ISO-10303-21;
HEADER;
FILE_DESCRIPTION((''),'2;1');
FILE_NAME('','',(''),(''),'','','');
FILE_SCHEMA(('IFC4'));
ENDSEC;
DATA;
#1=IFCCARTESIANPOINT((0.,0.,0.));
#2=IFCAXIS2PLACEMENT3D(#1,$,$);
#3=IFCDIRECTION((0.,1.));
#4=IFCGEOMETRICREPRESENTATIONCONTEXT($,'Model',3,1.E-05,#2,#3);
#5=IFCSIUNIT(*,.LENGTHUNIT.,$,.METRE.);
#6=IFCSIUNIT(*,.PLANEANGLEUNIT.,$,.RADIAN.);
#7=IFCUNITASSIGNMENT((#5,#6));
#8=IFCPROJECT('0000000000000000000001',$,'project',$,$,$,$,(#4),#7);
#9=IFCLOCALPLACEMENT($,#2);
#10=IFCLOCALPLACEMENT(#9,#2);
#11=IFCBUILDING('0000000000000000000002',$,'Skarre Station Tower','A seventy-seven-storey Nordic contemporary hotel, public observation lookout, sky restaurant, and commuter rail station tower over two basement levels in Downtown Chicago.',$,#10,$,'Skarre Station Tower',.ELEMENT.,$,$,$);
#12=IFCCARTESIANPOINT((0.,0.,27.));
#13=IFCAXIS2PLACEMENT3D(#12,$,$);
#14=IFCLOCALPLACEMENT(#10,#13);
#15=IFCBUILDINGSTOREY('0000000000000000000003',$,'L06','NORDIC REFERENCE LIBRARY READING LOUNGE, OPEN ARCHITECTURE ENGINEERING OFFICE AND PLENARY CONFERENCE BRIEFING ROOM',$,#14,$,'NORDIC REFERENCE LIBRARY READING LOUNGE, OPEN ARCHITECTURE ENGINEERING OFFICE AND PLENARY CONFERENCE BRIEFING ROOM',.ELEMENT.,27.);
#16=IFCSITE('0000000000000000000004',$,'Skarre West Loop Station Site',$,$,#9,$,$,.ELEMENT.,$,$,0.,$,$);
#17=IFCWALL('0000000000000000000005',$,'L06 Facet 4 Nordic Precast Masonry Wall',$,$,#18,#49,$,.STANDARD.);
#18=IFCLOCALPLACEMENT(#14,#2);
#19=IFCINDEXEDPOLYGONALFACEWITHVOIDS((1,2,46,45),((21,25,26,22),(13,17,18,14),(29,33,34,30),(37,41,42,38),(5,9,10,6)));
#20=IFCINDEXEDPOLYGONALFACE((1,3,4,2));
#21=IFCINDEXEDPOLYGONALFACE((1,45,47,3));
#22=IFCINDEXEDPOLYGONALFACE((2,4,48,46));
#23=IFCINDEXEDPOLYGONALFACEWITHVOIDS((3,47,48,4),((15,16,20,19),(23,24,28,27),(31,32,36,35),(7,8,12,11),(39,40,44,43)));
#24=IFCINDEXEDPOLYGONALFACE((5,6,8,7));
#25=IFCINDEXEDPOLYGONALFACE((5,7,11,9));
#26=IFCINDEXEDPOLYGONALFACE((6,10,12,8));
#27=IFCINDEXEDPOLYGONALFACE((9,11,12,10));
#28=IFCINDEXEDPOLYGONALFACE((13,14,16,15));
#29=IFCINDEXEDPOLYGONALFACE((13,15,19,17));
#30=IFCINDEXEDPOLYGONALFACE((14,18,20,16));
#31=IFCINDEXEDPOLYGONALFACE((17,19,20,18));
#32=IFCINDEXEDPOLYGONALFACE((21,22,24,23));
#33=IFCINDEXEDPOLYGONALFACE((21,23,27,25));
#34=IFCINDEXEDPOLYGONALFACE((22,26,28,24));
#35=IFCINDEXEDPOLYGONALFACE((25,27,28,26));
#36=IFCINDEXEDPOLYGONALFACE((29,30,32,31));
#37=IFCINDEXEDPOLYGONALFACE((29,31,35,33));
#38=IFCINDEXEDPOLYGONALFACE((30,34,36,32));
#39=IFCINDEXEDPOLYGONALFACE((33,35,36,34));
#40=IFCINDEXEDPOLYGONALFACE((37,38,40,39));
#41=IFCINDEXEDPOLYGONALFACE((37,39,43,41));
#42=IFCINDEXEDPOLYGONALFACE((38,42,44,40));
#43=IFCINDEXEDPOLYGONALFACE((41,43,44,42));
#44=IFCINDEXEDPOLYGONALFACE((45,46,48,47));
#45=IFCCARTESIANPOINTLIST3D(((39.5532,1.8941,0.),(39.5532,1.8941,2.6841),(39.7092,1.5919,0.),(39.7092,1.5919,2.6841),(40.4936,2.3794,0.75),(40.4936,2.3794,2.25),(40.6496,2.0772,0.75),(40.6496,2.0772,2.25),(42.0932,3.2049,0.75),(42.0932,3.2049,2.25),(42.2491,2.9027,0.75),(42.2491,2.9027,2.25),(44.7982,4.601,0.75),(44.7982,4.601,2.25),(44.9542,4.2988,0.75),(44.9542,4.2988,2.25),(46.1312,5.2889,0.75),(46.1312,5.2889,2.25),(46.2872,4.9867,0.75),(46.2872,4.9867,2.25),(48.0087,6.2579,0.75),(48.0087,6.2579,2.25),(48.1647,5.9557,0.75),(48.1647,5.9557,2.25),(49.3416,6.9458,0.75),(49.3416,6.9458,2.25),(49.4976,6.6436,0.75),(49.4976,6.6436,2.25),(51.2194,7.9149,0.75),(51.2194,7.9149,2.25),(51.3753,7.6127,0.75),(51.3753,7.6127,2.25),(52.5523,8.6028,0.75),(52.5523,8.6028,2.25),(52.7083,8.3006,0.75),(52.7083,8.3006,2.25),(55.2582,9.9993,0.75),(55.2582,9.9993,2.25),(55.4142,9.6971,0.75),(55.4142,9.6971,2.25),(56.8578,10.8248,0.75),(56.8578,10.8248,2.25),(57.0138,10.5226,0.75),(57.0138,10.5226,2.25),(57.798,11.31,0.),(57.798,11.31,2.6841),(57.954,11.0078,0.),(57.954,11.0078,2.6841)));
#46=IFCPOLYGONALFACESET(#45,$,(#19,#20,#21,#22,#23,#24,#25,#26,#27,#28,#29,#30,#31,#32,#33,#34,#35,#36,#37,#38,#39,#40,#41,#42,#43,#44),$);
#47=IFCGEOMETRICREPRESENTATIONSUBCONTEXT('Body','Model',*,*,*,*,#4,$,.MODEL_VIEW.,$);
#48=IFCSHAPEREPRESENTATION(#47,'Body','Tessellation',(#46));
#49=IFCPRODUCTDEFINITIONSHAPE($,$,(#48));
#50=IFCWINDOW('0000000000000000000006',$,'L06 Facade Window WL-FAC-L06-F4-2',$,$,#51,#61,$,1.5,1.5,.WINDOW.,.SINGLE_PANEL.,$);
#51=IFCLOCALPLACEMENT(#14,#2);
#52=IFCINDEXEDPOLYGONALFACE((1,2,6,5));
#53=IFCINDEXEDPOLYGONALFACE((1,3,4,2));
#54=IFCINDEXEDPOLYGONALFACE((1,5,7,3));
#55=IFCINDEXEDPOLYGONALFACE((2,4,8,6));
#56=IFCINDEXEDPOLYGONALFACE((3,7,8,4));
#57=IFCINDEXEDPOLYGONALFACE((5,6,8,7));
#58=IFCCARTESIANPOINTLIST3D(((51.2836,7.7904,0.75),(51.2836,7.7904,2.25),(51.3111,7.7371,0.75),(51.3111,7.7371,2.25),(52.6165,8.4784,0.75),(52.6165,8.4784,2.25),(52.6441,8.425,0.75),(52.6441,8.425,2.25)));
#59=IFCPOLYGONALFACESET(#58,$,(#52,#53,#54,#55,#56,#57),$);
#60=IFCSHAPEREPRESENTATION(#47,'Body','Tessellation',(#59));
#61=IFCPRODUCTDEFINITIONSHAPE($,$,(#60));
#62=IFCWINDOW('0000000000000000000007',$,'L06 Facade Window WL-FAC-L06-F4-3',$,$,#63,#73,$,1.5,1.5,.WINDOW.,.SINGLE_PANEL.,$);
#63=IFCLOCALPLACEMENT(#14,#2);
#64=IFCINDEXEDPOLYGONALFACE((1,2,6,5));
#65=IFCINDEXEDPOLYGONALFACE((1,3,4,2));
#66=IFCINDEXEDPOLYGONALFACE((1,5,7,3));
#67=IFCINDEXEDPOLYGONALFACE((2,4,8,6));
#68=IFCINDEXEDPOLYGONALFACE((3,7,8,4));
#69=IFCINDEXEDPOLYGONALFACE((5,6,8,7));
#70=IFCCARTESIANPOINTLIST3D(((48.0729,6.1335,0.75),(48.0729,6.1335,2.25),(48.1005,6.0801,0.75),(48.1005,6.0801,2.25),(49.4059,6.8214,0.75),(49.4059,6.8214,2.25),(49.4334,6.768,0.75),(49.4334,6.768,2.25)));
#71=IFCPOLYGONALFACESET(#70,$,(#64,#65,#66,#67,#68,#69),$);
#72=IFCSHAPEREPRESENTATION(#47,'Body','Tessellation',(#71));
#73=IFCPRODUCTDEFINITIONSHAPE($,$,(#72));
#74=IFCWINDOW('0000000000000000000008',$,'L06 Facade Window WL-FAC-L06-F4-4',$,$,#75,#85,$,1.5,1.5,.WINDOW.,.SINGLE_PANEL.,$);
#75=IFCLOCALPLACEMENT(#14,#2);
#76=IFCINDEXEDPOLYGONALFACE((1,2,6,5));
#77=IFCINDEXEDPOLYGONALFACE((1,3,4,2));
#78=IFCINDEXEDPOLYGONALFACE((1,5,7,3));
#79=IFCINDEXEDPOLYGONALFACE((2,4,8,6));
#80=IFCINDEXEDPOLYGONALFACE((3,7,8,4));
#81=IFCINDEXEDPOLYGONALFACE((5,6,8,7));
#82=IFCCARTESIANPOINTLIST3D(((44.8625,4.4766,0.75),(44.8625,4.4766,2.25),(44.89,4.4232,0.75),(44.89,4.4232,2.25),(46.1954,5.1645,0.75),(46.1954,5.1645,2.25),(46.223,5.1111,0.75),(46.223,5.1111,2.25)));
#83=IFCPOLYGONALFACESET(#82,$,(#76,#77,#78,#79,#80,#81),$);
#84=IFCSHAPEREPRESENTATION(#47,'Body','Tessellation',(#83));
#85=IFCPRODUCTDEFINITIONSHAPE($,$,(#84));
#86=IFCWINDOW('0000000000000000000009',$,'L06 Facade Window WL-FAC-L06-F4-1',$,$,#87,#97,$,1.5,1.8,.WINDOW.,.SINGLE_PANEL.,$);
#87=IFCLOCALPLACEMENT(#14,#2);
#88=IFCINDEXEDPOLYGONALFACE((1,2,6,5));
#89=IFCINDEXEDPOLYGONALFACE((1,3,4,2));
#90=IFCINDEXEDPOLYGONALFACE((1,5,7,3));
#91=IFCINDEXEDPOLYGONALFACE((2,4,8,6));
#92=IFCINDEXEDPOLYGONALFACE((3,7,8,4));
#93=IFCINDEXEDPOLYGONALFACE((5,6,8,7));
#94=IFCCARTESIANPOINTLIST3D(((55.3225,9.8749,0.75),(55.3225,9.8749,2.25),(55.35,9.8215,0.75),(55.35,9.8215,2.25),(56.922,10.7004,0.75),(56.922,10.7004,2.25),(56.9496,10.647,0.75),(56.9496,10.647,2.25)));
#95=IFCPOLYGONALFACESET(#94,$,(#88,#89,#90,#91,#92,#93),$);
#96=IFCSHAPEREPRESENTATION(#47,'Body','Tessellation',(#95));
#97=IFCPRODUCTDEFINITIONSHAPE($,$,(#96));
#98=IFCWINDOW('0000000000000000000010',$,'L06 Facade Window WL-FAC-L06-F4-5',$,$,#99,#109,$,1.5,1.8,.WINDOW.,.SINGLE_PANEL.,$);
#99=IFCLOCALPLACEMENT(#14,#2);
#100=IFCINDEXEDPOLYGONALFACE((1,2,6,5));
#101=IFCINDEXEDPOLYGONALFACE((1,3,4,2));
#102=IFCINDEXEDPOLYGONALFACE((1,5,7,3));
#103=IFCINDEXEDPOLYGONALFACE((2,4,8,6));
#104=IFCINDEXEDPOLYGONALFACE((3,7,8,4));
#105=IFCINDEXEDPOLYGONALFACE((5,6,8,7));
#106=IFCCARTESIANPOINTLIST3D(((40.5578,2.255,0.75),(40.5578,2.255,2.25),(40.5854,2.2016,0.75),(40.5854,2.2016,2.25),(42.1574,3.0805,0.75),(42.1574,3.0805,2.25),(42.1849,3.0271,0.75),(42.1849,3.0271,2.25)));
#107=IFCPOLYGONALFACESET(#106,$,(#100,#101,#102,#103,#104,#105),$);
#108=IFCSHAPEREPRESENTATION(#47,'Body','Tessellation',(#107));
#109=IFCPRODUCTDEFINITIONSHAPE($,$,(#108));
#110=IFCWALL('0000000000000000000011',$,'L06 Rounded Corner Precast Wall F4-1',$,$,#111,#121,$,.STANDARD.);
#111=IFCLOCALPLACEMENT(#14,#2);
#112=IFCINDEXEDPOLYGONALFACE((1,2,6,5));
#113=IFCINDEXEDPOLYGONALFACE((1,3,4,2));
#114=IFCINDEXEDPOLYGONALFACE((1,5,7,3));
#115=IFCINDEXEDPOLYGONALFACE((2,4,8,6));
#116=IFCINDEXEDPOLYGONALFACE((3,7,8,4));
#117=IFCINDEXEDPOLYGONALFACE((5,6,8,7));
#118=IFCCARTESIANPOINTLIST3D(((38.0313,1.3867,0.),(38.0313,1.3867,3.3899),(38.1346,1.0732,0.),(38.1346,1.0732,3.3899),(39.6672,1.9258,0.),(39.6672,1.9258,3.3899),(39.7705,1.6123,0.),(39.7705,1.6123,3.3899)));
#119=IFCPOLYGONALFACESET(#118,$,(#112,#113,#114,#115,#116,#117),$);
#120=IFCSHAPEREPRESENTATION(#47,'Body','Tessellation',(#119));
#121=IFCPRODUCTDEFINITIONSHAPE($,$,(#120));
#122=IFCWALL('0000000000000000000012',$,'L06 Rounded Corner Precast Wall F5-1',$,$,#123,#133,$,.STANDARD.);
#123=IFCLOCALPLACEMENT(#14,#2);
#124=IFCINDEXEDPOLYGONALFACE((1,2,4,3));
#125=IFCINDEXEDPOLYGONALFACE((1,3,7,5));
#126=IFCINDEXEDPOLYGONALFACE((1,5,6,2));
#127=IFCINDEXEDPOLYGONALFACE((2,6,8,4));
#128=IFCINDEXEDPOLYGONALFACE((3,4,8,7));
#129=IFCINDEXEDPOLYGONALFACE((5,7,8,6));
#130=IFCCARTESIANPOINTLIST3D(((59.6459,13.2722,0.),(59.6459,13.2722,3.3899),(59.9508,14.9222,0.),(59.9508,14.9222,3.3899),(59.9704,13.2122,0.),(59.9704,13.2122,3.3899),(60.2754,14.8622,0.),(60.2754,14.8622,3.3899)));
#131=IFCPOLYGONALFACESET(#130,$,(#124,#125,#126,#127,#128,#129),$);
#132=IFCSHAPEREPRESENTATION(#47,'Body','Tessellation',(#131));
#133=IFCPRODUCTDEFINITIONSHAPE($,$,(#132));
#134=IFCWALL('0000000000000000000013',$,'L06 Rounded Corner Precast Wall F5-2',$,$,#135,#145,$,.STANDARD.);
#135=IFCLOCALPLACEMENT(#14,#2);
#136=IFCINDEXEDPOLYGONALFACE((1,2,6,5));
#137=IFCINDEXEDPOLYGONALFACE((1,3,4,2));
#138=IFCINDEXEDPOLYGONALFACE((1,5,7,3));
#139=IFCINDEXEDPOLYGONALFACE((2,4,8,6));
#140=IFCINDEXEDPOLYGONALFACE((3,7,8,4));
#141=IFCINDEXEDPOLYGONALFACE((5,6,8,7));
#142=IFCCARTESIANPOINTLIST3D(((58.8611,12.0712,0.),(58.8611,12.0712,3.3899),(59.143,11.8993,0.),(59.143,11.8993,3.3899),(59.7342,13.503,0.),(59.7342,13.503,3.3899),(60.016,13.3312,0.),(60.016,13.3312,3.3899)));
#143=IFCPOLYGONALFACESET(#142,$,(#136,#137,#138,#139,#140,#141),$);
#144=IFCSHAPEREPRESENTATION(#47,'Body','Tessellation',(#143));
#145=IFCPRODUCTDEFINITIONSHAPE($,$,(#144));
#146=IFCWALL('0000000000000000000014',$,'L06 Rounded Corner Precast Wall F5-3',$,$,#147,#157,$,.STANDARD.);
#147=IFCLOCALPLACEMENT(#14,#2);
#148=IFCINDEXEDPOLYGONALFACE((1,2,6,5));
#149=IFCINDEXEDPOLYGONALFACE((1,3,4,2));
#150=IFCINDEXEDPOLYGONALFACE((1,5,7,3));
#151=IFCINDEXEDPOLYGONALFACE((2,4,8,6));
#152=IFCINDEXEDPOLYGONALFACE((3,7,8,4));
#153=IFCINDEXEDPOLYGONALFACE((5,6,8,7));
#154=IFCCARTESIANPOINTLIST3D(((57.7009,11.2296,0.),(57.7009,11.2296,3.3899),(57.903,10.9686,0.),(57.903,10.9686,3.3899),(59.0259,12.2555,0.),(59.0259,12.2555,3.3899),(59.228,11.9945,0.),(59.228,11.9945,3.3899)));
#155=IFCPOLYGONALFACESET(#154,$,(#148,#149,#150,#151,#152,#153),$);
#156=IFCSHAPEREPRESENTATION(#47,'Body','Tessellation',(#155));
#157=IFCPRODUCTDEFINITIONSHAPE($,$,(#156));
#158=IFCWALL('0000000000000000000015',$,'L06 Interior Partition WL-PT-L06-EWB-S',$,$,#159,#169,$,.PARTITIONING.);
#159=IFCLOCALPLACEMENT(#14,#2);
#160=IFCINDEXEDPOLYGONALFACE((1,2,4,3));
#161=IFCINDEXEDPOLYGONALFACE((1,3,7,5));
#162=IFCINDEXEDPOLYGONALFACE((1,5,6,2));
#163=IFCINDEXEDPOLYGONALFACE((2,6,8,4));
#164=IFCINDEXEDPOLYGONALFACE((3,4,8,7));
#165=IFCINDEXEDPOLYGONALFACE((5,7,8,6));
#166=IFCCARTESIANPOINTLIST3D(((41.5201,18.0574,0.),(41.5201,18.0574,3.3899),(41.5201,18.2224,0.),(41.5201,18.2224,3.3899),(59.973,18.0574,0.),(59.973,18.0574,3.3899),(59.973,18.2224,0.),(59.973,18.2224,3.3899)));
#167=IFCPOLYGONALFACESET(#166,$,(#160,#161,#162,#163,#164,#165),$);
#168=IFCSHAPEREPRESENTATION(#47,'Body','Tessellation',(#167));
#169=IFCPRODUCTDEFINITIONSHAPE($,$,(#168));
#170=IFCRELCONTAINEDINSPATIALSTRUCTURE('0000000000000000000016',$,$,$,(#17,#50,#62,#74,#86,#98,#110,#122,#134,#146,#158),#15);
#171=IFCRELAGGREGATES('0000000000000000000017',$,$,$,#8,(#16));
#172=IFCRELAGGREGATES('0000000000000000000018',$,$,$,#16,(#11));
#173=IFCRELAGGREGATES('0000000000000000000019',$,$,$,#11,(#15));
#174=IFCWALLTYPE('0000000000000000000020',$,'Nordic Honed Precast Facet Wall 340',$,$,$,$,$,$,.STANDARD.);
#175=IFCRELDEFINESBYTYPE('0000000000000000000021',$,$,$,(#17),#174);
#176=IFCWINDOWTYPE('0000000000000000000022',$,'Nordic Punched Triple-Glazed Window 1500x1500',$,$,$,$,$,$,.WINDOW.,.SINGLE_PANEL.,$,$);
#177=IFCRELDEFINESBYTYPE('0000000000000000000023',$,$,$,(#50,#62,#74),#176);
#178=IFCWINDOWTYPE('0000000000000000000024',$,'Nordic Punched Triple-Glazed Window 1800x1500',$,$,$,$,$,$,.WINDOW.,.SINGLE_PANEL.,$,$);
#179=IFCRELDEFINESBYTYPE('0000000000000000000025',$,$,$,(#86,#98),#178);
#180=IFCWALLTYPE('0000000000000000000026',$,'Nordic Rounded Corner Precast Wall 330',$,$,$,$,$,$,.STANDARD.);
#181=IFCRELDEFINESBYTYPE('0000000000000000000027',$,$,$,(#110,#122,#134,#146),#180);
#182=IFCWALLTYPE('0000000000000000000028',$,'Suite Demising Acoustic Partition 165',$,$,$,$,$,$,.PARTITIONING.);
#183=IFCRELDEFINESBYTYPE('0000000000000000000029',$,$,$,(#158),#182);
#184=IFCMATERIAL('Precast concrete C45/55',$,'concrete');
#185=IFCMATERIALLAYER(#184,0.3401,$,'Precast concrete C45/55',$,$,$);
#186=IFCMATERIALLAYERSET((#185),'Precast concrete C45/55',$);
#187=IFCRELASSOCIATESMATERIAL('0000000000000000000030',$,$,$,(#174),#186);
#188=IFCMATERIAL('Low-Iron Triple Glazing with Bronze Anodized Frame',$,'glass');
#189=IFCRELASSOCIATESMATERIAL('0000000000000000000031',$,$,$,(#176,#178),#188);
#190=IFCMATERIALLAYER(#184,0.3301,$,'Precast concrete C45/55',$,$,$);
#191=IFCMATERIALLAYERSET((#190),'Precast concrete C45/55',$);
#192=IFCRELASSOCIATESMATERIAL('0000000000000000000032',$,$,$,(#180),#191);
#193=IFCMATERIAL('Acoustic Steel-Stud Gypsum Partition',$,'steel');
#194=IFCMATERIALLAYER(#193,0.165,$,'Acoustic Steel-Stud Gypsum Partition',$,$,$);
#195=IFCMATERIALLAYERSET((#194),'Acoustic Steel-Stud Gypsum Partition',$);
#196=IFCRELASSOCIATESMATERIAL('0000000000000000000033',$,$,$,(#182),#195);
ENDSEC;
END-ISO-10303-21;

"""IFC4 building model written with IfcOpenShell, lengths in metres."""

from ifc_helpers import new_model, si_unit, direction, frame, frame_2d, origin, place, context, subcontext, project, spatial, rectangle, extrude, material, layer, layer_set, type_object, element, fill, save


model = new_model("IFC4")

# Units and contexts
model_context = context("Model", 3, precision=1e-05, world=origin(), true_north=direction((0.0, 1.0)))
body_context = subcontext(model_context, "Body", "Model", "MODEL_VIEW")
ifc_project = project(units=[si_unit("LENGTHUNIT", "METRE"), si_unit("PLANEANGLEUNIT", "RADIAN")], contexts=[model_context])

# Site, building, storey
site_placement = place(None, origin())
site = spatial("IfcSite", under=ifc_project, at=site_placement, Name="Skarre West Loop Station Site", CompositionType="ELEMENT", RefElevation=0.0)
building_placement = place(site_placement, origin())
building = spatial("IfcBuilding", under=site, at=building_placement, Name="Skarre Station Tower", Description="A seventy-seven-storey Nordic contemporary hotel, public observation lookout, sky restaurant, and commuter rail station tower over two basement levels in Downtown Chicago.", LongName="Skarre Station Tower", CompositionType="ELEMENT")
storey_placement = place(building_placement, frame((0.0, 0.0, 27.0)))
storey = spatial("IfcBuildingStorey", under=building, at=storey_placement, Name="L06", Description="NORDIC REFERENCE LIBRARY READING LOUNGE, OPEN ARCHITECTURE ENGINEERING OFFICE AND PLENARY CONFERENCE BRIEFING ROOM", LongName="NORDIC REFERENCE LIBRARY READING LOUNGE, OPEN ARCHITECTURE ENGINEERING OFFICE AND PLENARY CONFERENCE BRIEFING ROOM", CompositionType="ELEMENT", Elevation=27.0)

# Shared definitions
ifc_material_1 = material(Name="Acoustic Steel-Stud Gypsum Partition", Category="steel")

# Wall, openings, windows
ifc_material_2 = material(Name="Precast concrete C45/55", Category="concrete")
ifc_layer_1 = layer(ifc_material_2, 0.3401, Name="Precast concrete C45/55")
ifc_layer_set_1 = layer_set([ifc_layer_1], Name="Precast concrete C45/55")
wall_type_1 = type_object("IfcWallType", Name="Nordic Honed Precast Facet Wall 340", PredefinedType="STANDARD", material=ifc_layer_set_1)
wall_1_placement = place(storey_placement, frame((57.876, 11.1589, 0.0), z_axis=(0.0, 0.0, 1.0), x_axis=(-0.888634, -0.458616, 0.0)))
wall_1 = element("IfcWall", 1, at=wall_1_placement, inside=storey, type_object=wall_type_1, Name="L06 Facet 4 Nordic Precast Masonry Wall", PredefinedType="STANDARD", context=body_context, shape_type="SweptSolid", body=[
    extrude(rectangle(XDim=20.5312, YDim=0.3401, at=frame_2d((10.2656, 0.0))), origin(), (0.0, 0.0, 1.0), 2.6841),
])
opening_1_placement = place(wall_1_placement, frame((1.0581, 0.0, 0.75)))
opening_1 = element("IfcOpeningElement", 2, at=opening_1_placement, cuts=wall_1, PredefinedType="OPENING", context=body_context, shape_type="SweptSolid", body=[
    extrude(rectangle(XDim=1.8, YDim=1.5, at=frame_2d((0.8999, 0.75))), frame((0.0, 0.1799, 0.0), z_axis=(0.0, -1.0, 0.0), x_axis=(1.0, 0.0, 0.0)), (0.0, 0.0, 1.0), 0.3601),
])
opening_2_placement = place(wall_1_placement, frame((5.9031, 0.0, 0.75)))
opening_2 = element("IfcOpeningElement", 3, at=opening_2_placement, cuts=wall_1, PredefinedType="OPENING", context=body_context, shape_type="SweptSolid", body=[
    extrude(rectangle(XDim=1.5, YDim=1.5, at=frame_2d((0.75, 0.75))), frame((0.0, 0.1799, 0.0), z_axis=(0.0, -1.0, 0.0), x_axis=(1.0, 0.0, 0.0)), (0.0, 0.0, 1.0), 0.3601),
])
opening_3_placement = place(wall_1_placement, frame((9.5161, 0.0, 0.75)))
opening_3 = element("IfcOpeningElement", 4, at=opening_3_placement, cuts=wall_1, PredefinedType="OPENING", context=body_context, shape_type="SweptSolid", body=[
    extrude(rectangle(XDim=1.5, YDim=1.5, at=frame_2d((0.75, 0.75))), frame((0.0, 0.1799, 0.0), z_axis=(0.0, -1.0, 0.0), x_axis=(1.0, 0.0, 0.0)), (0.0, 0.0, 1.0), 0.3601),
])
opening_4_placement = place(wall_1_placement, frame((13.1289, 0.0, 0.75)))
opening_4 = element("IfcOpeningElement", 5, at=opening_4_placement, cuts=wall_1, PredefinedType="OPENING", context=body_context, shape_type="SweptSolid", body=[
    extrude(rectangle(XDim=1.5, YDim=1.5, at=frame_2d((0.75, 0.75))), frame((0.0, 0.1799, 0.0), z_axis=(0.0, -1.0, 0.0), x_axis=(1.0, 0.0, 0.0)), (0.0, 0.0, 1.0), 0.3601),
])
opening_5_placement = place(wall_1_placement, frame((17.6731, 0.0, 0.75)))
opening_5 = element("IfcOpeningElement", 6, at=opening_5_placement, cuts=wall_1, PredefinedType="OPENING", context=body_context, shape_type="SweptSolid", body=[
    extrude(rectangle(XDim=1.8, YDim=1.5, at=frame_2d((0.8999, 0.75))), frame((0.0, 0.1799, 0.0), z_axis=(0.0, -1.0, 0.0), x_axis=(1.0, 0.0, 0.0)), (0.0, 0.0, 1.0), 0.3601),
])
ifc_material_3 = material(Name="Low-Iron Triple Glazing with Bronze Anodized Frame", Category="glass")
window_type_1 = type_object("IfcWindowType", Name="Nordic Punched Triple-Glazed Window 1500x1500", PartitioningType="SINGLE_PANEL", PredefinedType="WINDOW", material=ifc_material_3)
window_1_placement = place(opening_2_placement, origin())
window_1 = element("IfcWindow", 7, at=window_1_placement, inside=storey, type_object=window_type_1, Name="L06 Facade Window WL-FAC-L06-F4-2", OverallHeight=1.5, OverallWidth=1.5, PartitioningType="SINGLE_PANEL", PredefinedType="WINDOW", context=body_context, shape_type="SweptSolid", body=[
    extrude(rectangle(XDim=1.5, YDim=1.5, at=frame_2d((0.75, 0.75))), frame((0.0, 0.03, 0.0), z_axis=(0.0, -1.0, 0.0), x_axis=(1.0, 0.0, 0.0)), (0.0, 0.0, 1.0), 0.0601),
])
fill(opening_2, window_1)
window_2_placement = place(opening_3_placement, origin())
window_2 = element("IfcWindow", 8, at=window_2_placement, inside=storey, type_object=window_type_1, Name="L06 Facade Window WL-FAC-L06-F4-3", OverallHeight=1.5, OverallWidth=1.5, PartitioningType="SINGLE_PANEL", PredefinedType="WINDOW", context=body_context, shape_type="SweptSolid", body=[
    extrude(rectangle(XDim=1.5, YDim=1.5, at=frame_2d((0.75, 0.75))), frame((0.0, 0.03, 0.0), z_axis=(0.0, -1.0, 0.0), x_axis=(1.0, 0.0, 0.0)), (0.0, 0.0, 1.0), 0.0601),
])
fill(opening_3, window_2)
window_3_placement = place(opening_4_placement, origin())
window_3 = element("IfcWindow", 9, at=window_3_placement, inside=storey, type_object=window_type_1, Name="L06 Facade Window WL-FAC-L06-F4-4", OverallHeight=1.5, OverallWidth=1.5, PartitioningType="SINGLE_PANEL", PredefinedType="WINDOW", context=body_context, shape_type="SweptSolid", body=[
    extrude(rectangle(XDim=1.5, YDim=1.5, at=frame_2d((0.75, 0.75))), frame((0.0, 0.03, 0.0), z_axis=(0.0, -1.0, 0.0), x_axis=(1.0, 0.0, 0.0)), (0.0, 0.0, 1.0), 0.0601),
])
fill(opening_4, window_3)
window_type_2 = type_object("IfcWindowType", Name="Nordic Punched Triple-Glazed Window 1800x1500", PartitioningType="SINGLE_PANEL", PredefinedType="WINDOW", material=ifc_material_3)
window_4_placement = place(opening_1_placement, origin())
window_4 = element("IfcWindow", 10, at=window_4_placement, inside=storey, type_object=window_type_2, Name="L06 Facade Window WL-FAC-L06-F4-1", OverallHeight=1.5, OverallWidth=1.8, PartitioningType="SINGLE_PANEL", PredefinedType="WINDOW", context=body_context, shape_type="SweptSolid", body=[
    extrude(rectangle(XDim=1.8, YDim=1.5, at=frame_2d((0.8999, 0.75))), frame((0.0, 0.03, 0.0), z_axis=(0.0, -1.0, 0.0), x_axis=(1.0, 0.0, 0.0)), (0.0, 0.0, 1.0), 0.0601),
])
fill(opening_1, window_4)
window_5_placement = place(opening_5_placement, origin())
window_5 = element("IfcWindow", 11, at=window_5_placement, inside=storey, type_object=window_type_2, Name="L06 Facade Window WL-FAC-L06-F4-5", OverallHeight=1.5, OverallWidth=1.8, PartitioningType="SINGLE_PANEL", PredefinedType="WINDOW", context=body_context, shape_type="SweptSolid", body=[
    extrude(rectangle(XDim=1.8, YDim=1.5, at=frame_2d((0.8999, 0.75))), frame((0.0, 0.03, 0.0), z_axis=(0.0, -1.0, 0.0), x_axis=(1.0, 0.0, 0.0)), (0.0, 0.0, 1.0), 0.0601),
])
fill(opening_5, window_5)

# Walls
ifc_layer_2 = layer(ifc_material_2, 0.3301, Name="Precast concrete C45/55")
ifc_layer_set_2 = layer_set([ifc_layer_2], Name="Precast concrete C45/55")
wall_type_2 = type_object("IfcWallType", Name="Nordic Rounded Corner Precast Wall 330", PredefinedType="STANDARD", material=ifc_layer_set_2)
wall_2_placement = place(storey_placement, frame((39.719, 1.769, 0.0), z_axis=(0.0, 0.0, 1.0), x_axis=(-0.949769, -0.312952, 0.0)))
element("IfcWall", 12, at=wall_2_placement, inside=storey, type_object=wall_type_2, Name="L06 Rounded Corner Precast Wall F4-1", PredefinedType="STANDARD", context=body_context, shape_type="SweptSolid", body=[
    extrude(rectangle(XDim=1.7224, YDim=0.3301, at=frame_2d((0.8613, 0.0))), origin(), (0.0, 0.0, 1.0), 3.3899),
])
wall_3_placement = place(storey_placement, frame((60.113, 14.8921, 0.0), z_axis=(0.0, 0.0, 1.0), x_axis=(-0.181714, -0.983351, 0.0)))
element("IfcWall", 13, at=wall_3_placement, inside=storey, type_object=wall_type_2, Name="L06 Rounded Corner Precast Wall F5-1", PredefinedType="STANDARD", context=body_context, shape_type="SweptSolid", body=[
    extrude(rectangle(XDim=1.678, YDim=0.3301, at=frame_2d((0.8389, 0.0))), origin(), (0.0, 0.0, 1.0), 3.3899),
])
wall_4_placement = place(storey_placement, frame((59.875, 13.417, 0.0), z_axis=(0.0, 0.0, 1.0), x_axis=(-0.520584, -0.85381, 0.0)))
element("IfcWall", 14, at=wall_4_placement, inside=storey, type_object=wall_type_2, Name="L06 Rounded Corner Precast Wall F5-2", PredefinedType="STANDARD", context=body_context, shape_type="SweptSolid", body=[
    extrude(rectangle(XDim=1.677, YDim=0.3301, at=frame_2d((0.8384, 0.0))), origin(), (0.0, 0.0, 1.0), 3.3899),
])
wall_5_placement = place(storey_placement, frame((59.127, 12.125, 0.0), z_axis=(0.0, 0.0, 1.0), x_axis=(-0.790692, -0.612214, 0.0)))
element("IfcWall", 15, at=wall_5_placement, inside=storey, type_object=wall_type_2, Name="L06 Rounded Corner Precast Wall F5-3", PredefinedType="STANDARD", context=body_context, shape_type="SweptSolid", body=[
    extrude(rectangle(XDim=1.6758, YDim=0.3301, at=frame_2d((0.8379, 0.0))), origin(), (0.0, 0.0, 1.0), 3.3899),
])
ifc_layer_3 = layer(ifc_material_1, 0.165, Name="Acoustic Steel-Stud Gypsum Partition")
ifc_layer_set_3 = layer_set([ifc_layer_3], Name="Acoustic Steel-Stud Gypsum Partition")
wall_type_3 = type_object("IfcWallType", Name="Suite Demising Acoustic Partition 165", PredefinedType="PARTITIONING", material=ifc_layer_set_3)
wall_6_placement = place(storey_placement, frame((41.52, 18.1399, 0.0), z_axis=(0.0, 0.0, 1.0), x_axis=(1.0, 0.0, 0.0)))
element("IfcWall", 16, at=wall_6_placement, inside=storey, type_object=wall_type_3, Name="L06 Interior Partition WL-PT-L06-EWB-S", PredefinedType="PARTITIONING", context=body_context, shape_type="SweptSolid", body=[
    extrude(rectangle(XDim=18.4529, YDim=0.165, at=frame_2d((9.2266, 0.0))), origin(), (0.0, 0.0, 1.0), 3.3899),
])

save(model, "model.ifc")
